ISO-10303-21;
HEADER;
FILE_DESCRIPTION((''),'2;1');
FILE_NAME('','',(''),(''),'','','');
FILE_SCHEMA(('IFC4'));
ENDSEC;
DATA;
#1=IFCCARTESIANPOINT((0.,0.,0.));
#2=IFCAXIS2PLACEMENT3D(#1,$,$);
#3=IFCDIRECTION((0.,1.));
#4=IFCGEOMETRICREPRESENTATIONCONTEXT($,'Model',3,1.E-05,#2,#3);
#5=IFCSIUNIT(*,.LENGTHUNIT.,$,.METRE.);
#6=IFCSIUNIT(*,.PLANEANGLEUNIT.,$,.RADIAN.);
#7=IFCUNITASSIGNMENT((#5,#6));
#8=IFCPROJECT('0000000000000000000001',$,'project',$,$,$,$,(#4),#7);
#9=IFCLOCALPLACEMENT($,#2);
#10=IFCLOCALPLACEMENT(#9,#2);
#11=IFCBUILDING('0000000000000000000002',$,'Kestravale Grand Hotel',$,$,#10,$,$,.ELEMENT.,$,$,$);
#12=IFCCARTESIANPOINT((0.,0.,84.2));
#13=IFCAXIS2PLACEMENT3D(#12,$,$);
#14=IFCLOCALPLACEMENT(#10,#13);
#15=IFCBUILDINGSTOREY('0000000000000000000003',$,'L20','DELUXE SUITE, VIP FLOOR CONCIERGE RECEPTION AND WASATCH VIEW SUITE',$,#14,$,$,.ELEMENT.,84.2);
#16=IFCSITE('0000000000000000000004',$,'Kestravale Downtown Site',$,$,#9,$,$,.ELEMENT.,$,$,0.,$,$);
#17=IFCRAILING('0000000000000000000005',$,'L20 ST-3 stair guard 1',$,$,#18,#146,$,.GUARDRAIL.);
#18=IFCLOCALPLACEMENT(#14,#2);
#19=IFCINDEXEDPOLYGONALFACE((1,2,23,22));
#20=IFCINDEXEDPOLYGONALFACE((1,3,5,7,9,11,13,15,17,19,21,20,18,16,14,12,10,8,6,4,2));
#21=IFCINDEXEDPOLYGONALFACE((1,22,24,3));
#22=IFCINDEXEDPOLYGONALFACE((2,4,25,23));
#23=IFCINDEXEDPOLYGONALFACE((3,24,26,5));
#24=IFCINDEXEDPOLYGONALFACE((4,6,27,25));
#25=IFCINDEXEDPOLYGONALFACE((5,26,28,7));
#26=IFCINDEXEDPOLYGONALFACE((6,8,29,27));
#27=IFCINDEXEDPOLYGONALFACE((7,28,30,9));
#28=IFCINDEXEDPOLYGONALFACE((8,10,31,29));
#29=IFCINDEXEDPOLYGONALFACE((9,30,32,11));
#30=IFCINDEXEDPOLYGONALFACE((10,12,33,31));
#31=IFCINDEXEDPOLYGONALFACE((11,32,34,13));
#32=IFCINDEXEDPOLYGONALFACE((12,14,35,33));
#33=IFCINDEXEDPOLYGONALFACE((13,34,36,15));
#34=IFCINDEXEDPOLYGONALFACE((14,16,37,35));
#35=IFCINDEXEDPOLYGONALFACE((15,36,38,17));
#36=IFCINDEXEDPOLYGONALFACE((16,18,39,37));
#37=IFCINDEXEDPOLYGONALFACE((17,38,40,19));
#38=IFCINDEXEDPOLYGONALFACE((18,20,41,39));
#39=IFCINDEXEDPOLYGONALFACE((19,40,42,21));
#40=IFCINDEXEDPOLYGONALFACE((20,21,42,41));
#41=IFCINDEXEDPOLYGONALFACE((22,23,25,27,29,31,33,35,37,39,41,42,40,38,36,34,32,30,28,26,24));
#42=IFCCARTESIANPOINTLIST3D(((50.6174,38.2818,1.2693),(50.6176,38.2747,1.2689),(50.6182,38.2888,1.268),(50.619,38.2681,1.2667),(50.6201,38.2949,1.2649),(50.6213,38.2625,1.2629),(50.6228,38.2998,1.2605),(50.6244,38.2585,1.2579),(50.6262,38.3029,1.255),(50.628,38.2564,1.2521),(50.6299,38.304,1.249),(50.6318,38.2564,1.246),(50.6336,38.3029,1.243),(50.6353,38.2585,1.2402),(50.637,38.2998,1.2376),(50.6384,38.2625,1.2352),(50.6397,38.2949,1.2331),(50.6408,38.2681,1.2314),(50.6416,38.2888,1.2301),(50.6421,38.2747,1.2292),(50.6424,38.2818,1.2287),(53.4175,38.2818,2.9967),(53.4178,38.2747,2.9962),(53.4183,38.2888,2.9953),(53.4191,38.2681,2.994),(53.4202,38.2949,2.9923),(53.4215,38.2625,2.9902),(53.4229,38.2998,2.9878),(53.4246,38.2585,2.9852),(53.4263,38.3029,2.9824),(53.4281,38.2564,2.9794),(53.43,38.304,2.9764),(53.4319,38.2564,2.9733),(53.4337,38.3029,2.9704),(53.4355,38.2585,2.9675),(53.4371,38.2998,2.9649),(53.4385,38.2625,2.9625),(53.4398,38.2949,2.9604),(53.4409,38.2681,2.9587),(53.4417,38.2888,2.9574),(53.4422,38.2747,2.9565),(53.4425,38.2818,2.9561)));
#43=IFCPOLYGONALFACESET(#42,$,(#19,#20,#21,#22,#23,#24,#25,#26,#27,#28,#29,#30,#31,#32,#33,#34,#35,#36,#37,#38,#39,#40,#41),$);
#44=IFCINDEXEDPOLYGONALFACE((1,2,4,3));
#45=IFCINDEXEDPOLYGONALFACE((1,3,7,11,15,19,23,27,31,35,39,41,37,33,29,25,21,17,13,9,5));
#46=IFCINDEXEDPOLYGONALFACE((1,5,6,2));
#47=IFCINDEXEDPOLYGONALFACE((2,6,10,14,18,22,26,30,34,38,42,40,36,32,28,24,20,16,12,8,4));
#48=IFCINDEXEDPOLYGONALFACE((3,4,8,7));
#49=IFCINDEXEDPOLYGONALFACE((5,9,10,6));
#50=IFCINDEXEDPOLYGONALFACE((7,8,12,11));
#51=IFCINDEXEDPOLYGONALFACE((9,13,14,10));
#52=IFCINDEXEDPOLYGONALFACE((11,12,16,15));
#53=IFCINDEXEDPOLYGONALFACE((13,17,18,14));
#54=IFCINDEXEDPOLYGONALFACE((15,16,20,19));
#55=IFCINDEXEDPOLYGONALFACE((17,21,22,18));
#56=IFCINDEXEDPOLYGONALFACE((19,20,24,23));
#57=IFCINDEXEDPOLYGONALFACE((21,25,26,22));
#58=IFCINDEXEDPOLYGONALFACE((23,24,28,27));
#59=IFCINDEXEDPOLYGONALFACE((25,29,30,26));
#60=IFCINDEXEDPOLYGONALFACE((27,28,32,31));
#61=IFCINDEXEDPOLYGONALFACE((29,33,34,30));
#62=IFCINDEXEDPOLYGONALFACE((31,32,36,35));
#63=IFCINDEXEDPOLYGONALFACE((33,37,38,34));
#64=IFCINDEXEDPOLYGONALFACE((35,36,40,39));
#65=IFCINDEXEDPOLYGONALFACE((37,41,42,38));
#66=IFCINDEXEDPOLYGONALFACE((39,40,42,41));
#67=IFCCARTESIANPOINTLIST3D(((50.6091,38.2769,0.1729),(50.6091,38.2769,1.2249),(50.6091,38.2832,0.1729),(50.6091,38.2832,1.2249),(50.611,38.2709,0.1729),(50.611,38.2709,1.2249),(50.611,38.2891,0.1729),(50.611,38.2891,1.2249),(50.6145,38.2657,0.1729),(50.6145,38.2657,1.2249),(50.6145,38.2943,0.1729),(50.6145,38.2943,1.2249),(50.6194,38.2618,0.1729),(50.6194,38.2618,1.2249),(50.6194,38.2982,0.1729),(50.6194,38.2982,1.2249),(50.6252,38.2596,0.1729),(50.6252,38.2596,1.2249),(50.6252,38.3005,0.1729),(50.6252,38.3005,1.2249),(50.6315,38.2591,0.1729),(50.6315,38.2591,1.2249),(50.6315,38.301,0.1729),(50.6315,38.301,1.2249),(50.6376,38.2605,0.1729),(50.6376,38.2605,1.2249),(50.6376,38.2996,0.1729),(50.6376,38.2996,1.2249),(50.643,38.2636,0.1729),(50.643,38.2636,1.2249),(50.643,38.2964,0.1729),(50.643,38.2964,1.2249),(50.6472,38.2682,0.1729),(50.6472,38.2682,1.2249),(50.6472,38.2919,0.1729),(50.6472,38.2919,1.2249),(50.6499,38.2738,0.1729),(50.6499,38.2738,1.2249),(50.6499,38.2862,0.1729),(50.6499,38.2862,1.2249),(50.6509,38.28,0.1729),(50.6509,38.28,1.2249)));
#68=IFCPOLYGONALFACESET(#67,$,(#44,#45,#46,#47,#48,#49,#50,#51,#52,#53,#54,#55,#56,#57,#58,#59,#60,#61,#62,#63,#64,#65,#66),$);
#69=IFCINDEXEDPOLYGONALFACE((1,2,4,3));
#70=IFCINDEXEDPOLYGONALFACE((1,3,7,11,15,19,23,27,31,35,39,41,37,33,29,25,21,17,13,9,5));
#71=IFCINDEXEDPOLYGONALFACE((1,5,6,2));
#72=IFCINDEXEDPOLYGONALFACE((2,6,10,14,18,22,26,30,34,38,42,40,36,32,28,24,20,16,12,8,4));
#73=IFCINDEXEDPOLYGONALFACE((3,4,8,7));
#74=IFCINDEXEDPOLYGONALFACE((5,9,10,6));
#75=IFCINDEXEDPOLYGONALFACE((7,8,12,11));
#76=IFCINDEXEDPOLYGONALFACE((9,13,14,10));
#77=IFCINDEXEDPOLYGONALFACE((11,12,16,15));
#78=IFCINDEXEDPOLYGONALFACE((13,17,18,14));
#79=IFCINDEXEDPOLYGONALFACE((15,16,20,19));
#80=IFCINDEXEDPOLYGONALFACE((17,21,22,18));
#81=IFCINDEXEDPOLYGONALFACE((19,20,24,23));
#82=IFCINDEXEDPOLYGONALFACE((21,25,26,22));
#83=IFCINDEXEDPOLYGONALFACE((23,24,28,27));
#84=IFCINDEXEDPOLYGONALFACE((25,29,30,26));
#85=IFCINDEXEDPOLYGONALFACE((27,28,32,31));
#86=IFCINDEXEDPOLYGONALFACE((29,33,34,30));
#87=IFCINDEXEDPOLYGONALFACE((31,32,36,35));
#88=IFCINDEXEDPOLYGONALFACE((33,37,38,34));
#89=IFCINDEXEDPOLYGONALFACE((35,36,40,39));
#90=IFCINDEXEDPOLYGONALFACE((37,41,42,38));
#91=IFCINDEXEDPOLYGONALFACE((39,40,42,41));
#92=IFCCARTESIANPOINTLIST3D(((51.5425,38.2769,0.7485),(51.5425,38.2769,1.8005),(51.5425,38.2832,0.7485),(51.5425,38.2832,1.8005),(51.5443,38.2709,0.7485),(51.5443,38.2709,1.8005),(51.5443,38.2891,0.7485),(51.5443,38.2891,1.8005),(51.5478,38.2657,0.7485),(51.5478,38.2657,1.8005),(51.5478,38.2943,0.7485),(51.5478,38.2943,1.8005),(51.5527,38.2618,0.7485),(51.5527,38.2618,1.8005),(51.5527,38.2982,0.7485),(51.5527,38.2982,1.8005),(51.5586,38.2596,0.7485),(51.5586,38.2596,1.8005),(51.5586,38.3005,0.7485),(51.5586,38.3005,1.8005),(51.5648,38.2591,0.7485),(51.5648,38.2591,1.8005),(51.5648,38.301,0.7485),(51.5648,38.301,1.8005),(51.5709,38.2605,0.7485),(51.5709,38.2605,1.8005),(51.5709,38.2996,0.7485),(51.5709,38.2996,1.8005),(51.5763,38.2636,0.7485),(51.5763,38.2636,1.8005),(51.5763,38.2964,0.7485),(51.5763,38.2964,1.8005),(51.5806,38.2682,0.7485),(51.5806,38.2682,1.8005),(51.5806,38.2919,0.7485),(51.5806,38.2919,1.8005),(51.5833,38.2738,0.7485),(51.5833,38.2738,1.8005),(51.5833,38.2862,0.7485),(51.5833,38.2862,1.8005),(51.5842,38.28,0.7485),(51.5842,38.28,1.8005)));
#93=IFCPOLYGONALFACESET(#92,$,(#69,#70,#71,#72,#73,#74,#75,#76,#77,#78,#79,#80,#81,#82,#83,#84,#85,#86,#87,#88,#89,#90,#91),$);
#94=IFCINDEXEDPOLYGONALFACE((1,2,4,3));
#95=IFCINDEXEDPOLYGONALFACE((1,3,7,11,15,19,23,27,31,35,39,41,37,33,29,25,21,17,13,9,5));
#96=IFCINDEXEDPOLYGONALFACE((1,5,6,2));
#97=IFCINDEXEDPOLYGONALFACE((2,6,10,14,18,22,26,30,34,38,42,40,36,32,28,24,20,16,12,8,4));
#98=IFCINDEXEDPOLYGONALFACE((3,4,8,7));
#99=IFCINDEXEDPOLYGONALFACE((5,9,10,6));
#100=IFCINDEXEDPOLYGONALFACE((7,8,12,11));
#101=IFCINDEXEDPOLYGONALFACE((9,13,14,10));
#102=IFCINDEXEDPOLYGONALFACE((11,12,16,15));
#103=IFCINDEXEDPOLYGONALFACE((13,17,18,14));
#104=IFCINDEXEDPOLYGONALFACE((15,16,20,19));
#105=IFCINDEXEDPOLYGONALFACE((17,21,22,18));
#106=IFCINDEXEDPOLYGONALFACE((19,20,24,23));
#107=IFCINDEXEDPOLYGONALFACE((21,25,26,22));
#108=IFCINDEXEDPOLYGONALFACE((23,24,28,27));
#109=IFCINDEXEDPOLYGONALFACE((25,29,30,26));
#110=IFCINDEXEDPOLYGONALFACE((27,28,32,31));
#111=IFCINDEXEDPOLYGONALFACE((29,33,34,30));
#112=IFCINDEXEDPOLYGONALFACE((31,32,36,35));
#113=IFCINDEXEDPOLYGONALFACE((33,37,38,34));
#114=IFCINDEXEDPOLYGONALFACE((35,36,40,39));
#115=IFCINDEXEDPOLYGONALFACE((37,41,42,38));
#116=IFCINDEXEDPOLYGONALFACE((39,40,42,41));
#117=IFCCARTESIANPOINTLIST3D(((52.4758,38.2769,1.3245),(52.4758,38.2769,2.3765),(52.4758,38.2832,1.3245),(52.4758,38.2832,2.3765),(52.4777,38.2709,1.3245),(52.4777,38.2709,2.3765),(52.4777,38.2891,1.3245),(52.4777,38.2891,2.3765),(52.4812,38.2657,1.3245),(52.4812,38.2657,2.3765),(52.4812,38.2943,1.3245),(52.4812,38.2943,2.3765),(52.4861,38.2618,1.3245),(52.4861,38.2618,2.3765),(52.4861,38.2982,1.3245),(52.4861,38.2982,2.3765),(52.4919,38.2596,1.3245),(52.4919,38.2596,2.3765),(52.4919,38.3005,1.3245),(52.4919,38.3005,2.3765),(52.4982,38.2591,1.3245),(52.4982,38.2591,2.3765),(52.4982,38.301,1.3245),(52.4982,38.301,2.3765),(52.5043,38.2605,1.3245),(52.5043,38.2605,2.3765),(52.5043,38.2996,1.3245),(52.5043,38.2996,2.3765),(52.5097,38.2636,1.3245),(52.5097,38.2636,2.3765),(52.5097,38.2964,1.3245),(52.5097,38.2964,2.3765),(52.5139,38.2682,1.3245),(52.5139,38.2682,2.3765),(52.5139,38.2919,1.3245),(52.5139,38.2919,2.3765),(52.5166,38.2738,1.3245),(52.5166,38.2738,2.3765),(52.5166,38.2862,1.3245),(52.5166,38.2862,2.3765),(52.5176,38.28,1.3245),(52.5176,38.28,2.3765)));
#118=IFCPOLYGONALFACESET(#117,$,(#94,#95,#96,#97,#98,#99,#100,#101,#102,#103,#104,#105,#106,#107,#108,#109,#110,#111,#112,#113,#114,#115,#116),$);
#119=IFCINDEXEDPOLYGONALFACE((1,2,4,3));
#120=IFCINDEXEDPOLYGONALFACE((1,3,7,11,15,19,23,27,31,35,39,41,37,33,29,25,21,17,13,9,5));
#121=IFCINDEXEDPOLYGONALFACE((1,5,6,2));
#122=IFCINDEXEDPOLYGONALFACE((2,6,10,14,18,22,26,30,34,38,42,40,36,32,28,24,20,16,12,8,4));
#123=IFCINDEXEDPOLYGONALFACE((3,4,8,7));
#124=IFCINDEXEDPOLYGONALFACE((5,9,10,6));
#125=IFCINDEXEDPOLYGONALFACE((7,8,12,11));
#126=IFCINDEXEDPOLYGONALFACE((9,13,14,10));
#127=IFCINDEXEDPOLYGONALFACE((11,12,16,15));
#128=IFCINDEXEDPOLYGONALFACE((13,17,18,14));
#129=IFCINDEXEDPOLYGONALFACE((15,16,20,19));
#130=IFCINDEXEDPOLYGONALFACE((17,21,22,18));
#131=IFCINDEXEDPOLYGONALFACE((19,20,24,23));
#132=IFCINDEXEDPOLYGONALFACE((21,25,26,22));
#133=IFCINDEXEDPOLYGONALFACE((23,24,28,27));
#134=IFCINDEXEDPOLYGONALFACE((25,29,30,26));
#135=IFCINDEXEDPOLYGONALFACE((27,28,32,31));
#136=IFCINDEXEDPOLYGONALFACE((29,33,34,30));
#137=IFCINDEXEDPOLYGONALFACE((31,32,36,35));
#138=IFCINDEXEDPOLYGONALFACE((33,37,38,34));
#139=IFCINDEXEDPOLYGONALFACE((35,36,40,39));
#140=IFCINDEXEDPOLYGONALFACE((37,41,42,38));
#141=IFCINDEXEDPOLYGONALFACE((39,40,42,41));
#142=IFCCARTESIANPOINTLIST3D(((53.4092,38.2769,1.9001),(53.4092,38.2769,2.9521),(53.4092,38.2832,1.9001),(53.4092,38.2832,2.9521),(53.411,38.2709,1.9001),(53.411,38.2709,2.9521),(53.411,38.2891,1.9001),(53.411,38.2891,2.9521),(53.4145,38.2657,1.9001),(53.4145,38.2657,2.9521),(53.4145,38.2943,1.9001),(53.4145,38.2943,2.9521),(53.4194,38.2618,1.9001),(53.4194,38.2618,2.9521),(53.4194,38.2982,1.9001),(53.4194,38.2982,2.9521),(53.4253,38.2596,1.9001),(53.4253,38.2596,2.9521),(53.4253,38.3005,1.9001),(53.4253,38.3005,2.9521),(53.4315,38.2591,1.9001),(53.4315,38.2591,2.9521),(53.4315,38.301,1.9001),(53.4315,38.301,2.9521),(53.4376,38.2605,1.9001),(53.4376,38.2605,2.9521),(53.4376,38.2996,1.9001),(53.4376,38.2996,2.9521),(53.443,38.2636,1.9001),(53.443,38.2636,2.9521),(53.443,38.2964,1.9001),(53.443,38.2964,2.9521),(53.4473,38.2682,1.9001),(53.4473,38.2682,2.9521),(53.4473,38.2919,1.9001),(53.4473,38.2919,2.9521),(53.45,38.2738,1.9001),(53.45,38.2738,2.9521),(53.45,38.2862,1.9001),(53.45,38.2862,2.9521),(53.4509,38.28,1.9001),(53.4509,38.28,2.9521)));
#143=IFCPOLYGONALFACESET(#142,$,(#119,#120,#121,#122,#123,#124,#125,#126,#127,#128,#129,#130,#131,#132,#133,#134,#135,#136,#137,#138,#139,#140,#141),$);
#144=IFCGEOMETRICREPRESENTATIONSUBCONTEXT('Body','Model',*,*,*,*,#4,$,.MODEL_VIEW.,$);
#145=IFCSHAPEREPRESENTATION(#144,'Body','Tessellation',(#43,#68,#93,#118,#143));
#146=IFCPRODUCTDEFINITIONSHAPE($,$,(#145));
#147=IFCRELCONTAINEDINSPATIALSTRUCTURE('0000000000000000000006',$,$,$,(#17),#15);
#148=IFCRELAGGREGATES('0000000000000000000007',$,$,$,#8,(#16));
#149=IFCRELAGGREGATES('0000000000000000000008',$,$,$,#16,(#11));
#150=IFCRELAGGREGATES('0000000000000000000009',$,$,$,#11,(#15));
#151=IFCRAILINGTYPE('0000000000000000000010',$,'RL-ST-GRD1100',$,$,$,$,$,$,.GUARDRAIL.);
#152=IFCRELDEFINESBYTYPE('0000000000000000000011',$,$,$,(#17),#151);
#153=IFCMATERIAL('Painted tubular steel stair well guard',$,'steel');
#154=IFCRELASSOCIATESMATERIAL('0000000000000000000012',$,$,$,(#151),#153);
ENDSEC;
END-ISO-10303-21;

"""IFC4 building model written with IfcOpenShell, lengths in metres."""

from ifc_helpers import new_model, si_unit, direction, frame, origin, origin_2d, place, context, subcontext, project, spatial, circle, extrude, material, type_object, element, save


model = new_model("IFC4")

# Units and contexts
model_context = context("Model", 3, precision=1e-05, world=origin(), true_north=direction((0.0, 1.0)))
body_context = subcontext(model_context, "Body", "Model", "MODEL_VIEW")
ifc_project = project(units=[si_unit("LENGTHUNIT", "METRE"), si_unit("PLANEANGLEUNIT", "RADIAN")], contexts=[model_context])

# Site, building, storey
site_placement = place(None, origin())
site = spatial("IfcSite", under=ifc_project, at=site_placement, Name="Kestravale Downtown Site", CompositionType="ELEMENT", RefElevation=0.0)
building_placement = place(site_placement, origin())
building = spatial("IfcBuilding", under=site, at=building_placement, Name="Kestravale Grand Hotel", CompositionType="ELEMENT")
storey_placement = place(building_placement, frame((0.0, 0.0, 84.2)))
storey = spatial("IfcBuildingStorey", under=building, at=storey_placement, Name="L20", Description="DELUXE SUITE, VIP FLOOR CONCIERGE RECEPTION AND WASATCH VIEW SUITE", CompositionType="ELEMENT", Elevation=84.2)

# Railing
ifc_material_1 = material(Name="Painted tubular steel stair well guard", Category="steel")
railing_type_1 = type_object("IfcRailingType", Name="RL-ST-GRD1100", PredefinedType="GUARDRAIL", material=ifc_material_1)
railing_1_placement = place(storey_placement, frame((50.6299, 38.28, 0.1729)))
element("IfcRailing", 1, at=railing_1_placement, inside=storey, type_object=railing_type_1, Name="L20 ST-3 stair guard 1", PredefinedType="GUARDRAIL", context=body_context, shape_type="SweptSolid", body=[
    extrude(circle(Radius=0.0239, at=origin_2d()), frame((0.0, 0.0, 1.0762), z_axis=(0.85109, 0.0, 0.52502), x_axis=(0.0, 1.0, 0.0)), (0.0, 0.0, 1.0), 3.29),
    extrude(circle(Radius=0.021, at=origin_2d()), origin(), (0.0, 0.0, 1.0), 1.052),
    extrude(circle(Radius=0.021, at=origin_2d()), frame((0.9333, 0.0, 0.5757)), (0.0, 0.0, 1.0), 1.052),
    extrude(circle(Radius=0.021, at=origin_2d()), frame((1.8667, 0.0, 1.1516)), (0.0, 0.0, 1.0), 1.052),
    extrude(circle(Radius=0.021, at=origin_2d()), frame((2.8, 0.0, 1.7273)), (0.0, 0.0, 1.0), 1.052),
])

save(model, "model.ifc")
